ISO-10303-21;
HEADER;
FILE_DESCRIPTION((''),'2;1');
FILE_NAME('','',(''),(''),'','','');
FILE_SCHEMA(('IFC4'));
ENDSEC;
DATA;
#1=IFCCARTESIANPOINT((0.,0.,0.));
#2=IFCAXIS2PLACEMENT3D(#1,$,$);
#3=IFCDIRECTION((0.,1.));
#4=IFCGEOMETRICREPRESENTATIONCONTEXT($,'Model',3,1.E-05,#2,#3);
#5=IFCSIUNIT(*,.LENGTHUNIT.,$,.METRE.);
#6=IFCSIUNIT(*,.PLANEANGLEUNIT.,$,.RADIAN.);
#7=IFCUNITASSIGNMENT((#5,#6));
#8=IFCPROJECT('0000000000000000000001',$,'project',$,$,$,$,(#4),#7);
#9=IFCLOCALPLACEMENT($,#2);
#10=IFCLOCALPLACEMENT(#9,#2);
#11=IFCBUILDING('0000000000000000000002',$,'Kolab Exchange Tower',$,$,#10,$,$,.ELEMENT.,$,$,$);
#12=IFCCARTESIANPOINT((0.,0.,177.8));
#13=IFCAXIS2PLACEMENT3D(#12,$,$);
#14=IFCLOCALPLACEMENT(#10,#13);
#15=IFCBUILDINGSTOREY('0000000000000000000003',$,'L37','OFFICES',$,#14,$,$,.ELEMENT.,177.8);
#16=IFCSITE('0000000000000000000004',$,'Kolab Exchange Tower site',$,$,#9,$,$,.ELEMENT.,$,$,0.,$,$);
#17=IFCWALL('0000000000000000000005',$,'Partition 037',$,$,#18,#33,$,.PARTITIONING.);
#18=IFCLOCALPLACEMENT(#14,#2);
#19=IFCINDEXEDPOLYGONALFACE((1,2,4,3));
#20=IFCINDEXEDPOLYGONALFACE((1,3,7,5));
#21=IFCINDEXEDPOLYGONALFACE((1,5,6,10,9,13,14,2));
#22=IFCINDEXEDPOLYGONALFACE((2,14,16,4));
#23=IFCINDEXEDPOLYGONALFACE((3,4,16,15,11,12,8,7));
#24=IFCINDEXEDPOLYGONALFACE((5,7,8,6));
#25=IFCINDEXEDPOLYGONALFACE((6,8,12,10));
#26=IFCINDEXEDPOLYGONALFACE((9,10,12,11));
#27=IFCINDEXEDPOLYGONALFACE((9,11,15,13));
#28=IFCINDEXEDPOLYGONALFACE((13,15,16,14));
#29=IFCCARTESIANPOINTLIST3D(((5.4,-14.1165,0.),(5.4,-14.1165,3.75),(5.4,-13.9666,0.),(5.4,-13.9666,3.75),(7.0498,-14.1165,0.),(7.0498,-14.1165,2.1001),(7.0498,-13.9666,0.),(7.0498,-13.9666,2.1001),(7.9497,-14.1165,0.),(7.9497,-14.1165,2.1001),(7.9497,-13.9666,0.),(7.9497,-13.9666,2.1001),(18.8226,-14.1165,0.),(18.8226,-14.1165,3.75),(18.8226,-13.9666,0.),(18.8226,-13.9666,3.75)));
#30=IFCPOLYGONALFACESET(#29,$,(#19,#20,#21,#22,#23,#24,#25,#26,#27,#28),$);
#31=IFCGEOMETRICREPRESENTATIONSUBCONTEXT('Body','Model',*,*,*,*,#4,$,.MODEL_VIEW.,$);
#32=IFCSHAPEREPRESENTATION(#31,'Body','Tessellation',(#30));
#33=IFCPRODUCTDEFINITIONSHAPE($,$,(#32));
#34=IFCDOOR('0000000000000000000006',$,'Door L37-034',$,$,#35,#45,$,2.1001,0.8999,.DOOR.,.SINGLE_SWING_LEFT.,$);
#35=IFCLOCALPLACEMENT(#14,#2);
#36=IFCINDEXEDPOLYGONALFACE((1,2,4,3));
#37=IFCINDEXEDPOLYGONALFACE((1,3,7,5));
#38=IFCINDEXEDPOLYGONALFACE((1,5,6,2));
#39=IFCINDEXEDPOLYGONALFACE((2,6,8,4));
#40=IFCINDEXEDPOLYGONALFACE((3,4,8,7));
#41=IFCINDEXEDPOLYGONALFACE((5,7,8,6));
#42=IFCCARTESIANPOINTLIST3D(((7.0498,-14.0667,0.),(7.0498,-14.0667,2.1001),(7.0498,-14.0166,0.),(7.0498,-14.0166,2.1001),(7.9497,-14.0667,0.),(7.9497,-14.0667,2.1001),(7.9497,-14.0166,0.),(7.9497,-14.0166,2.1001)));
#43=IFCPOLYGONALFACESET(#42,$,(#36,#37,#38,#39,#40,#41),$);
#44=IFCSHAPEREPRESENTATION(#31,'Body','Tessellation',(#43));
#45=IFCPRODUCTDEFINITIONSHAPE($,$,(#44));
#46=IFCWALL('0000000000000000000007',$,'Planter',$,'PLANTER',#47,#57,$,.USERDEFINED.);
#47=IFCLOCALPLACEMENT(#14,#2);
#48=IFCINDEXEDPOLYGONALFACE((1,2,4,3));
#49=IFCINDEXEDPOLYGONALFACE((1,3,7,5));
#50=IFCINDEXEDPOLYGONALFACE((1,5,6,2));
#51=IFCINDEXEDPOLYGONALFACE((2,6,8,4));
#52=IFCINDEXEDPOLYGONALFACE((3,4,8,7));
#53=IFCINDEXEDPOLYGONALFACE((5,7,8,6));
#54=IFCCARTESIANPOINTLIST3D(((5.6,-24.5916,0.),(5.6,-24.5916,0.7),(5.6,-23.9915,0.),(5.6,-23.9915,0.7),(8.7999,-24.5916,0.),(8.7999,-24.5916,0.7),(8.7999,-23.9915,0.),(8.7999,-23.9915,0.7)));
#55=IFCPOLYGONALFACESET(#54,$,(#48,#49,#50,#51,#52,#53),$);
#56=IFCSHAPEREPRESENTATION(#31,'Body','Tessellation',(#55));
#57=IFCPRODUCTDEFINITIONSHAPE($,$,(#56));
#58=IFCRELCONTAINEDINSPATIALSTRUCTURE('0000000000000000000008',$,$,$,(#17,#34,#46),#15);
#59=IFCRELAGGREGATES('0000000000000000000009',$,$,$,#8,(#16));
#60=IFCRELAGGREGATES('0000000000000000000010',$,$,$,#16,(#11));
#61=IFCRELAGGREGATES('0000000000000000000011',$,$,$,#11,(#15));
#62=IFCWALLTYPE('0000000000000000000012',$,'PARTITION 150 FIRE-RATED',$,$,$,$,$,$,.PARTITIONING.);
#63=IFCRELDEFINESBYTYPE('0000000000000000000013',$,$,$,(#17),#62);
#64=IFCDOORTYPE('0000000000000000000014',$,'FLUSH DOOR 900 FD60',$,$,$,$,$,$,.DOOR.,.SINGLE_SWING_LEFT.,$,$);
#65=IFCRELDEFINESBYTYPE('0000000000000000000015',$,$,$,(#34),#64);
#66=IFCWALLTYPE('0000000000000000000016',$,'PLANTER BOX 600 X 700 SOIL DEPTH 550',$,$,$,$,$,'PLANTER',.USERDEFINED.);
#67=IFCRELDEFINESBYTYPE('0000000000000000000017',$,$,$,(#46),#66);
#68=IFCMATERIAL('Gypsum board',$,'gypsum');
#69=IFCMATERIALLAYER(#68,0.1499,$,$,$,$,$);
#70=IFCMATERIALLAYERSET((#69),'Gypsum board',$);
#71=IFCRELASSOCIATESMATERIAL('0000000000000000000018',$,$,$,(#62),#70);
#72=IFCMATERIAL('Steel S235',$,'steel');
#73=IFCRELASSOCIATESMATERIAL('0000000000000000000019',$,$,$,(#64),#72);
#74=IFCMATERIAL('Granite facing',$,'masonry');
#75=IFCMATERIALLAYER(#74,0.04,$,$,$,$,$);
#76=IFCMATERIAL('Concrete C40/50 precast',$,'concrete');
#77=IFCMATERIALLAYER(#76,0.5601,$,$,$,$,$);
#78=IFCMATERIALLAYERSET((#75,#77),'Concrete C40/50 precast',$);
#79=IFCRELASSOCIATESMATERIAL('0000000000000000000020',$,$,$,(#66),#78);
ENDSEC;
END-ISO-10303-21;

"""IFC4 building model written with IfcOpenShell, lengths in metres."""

from ifc_helpers import new_model, si_unit, direction, frame, frame_2d, origin, place, context, subcontext, project, spatial, rectangle, extrude, material, layer, layer_set, type_object, element, fill, save


model = new_model("IFC4")

# Units and contexts
model_context = context("Model", 3, precision=1e-05, world=origin(), true_north=direction((0.0, 1.0)))
body_context = subcontext(model_context, "Body", "Model", "MODEL_VIEW")
ifc_project = project(units=[si_unit("LENGTHUNIT", "METRE"), si_unit("PLANEANGLEUNIT", "RADIAN")], contexts=[model_context])

# Site, building, storey
site_placement = place(None, origin())
site = spatial("IfcSite", under=ifc_project, at=site_placement, Name="Kolab Exchange Tower site", CompositionType="ELEMENT", RefElevation=0.0)
building_placement = place(site_placement, origin())
building = spatial("IfcBuilding", under=site, at=building_placement, Name="Kolab Exchange Tower", CompositionType="ELEMENT")
storey_placement = place(building_placement, frame((0.0, 0.0, 177.8)))
storey = spatial("IfcBuildingStorey", under=building, at=storey_placement, Name="L37", Description="OFFICES", CompositionType="ELEMENT", Elevation=177.8)

# Shared definitions
ifc_material_1 = material(Name="Gypsum board", Category="gypsum")
ifc_layer_1 = layer(ifc_material_1, 0.1499)
ifc_layer_set_1 = layer_set([ifc_layer_1], Name="Gypsum board")
wall_type_1 = type_object("IfcWallType", Name="PARTITION 150 FIRE-RATED", PredefinedType="PARTITIONING", material=ifc_layer_set_1)

# Wall, opening, door
ifc_material_2 = material(Name="Steel S235", Category="steel")
wall_1_placement = place(storey_placement, frame((5.3999, -14.0415, 0.0), z_axis=(0.0, 0.0, 1.0), x_axis=(1.0, 0.0, 0.0)))
wall_1 = element("IfcWall", 1, at=wall_1_placement, inside=storey, type_object=wall_type_1, Name="Partition 037", PredefinedType="PARTITIONING", context=body_context, shape_type="SweptSolid", body=[
    extrude(rectangle(XDim=13.4226, YDim=0.1499, at=frame_2d((6.7114, 0.0))), origin(), (0.0, 0.0, 1.0), 3.75),
])
opening_1_placement = place(wall_1_placement, frame((1.6499, 0.0, 0.0)))
opening_1 = element("IfcOpeningElement", 2, at=opening_1_placement, cuts=wall_1, PredefinedType="OPENING", context=body_context, shape_type="SweptSolid", body=[
    extrude(rectangle(XDim=0.8999, YDim=2.1001, at=frame_2d((0.45, 1.05))), frame((0.0, 0.085, 0.0), z_axis=(0.0, -1.0, 0.0), x_axis=(1.0, 0.0, 0.0)), (0.0, 0.0, 1.0), 0.1699),
])
door_type_1 = type_object("IfcDoorType", Name="FLUSH DOOR 900 FD60", OperationType="SINGLE_SWING_LEFT", PredefinedType="DOOR", material=ifc_material_2)
door_1_placement = place(opening_1_placement, origin())
door_1 = element("IfcDoor", 3, at=door_1_placement, inside=storey, type_object=door_type_1, Name="Door L37-034", OperationType="SINGLE_SWING_LEFT", OverallHeight=2.1001, OverallWidth=0.8999, PredefinedType="DOOR", context=body_context, shape_type="SweptSolid", body=[
    extrude(rectangle(XDim=0.8999, YDim=2.1001, at=frame_2d((0.45, 1.05))), frame((0.0, 0.0249, 0.0), z_axis=(0.0, -1.0, 0.0), x_axis=(1.0, 0.0, 0.0)), (0.0, 0.0, 1.0), 0.05),
])
fill(opening_1, door_1)

# Wall
ifc_material_3 = material(Name="Granite facing", Category="masonry")
ifc_layer_2 = layer(ifc_material_3, 0.04)
ifc_material_4 = material(Name="Concrete C40/50 precast", Category="concrete")
ifc_layer_3 = layer(ifc_material_4, 0.5601)
ifc_layer_set_2 = layer_set([ifc_layer_2, ifc_layer_3], Name="Concrete C40/50 precast")
wall_type_2 = type_object("IfcWallType", Name="PLANTER BOX 600 X 700 SOIL DEPTH 550", ElementType="PLANTER", PredefinedType="USERDEFINED", material=ifc_layer_set_2)
wall_2_placement = place(storey_placement, frame((8.8, -24.2915, 0.0), z_axis=(0.0, 0.0, 1.0), x_axis=(-1.0, 0.0, 0.0)))
element("IfcWall", 4, at=wall_2_placement, inside=storey, type_object=wall_type_2, Name="Planter", ObjectType="PLANTER", PredefinedType="USERDEFINED", context=body_context, shape_type="SweptSolid", body=[
    extrude(rectangle(XDim=3.2, YDim=0.6001, at=frame_2d((1.6001, 0.0))), origin(), (0.0, 0.0, 1.0), 0.7),
])

save(model, "model.ifc")
